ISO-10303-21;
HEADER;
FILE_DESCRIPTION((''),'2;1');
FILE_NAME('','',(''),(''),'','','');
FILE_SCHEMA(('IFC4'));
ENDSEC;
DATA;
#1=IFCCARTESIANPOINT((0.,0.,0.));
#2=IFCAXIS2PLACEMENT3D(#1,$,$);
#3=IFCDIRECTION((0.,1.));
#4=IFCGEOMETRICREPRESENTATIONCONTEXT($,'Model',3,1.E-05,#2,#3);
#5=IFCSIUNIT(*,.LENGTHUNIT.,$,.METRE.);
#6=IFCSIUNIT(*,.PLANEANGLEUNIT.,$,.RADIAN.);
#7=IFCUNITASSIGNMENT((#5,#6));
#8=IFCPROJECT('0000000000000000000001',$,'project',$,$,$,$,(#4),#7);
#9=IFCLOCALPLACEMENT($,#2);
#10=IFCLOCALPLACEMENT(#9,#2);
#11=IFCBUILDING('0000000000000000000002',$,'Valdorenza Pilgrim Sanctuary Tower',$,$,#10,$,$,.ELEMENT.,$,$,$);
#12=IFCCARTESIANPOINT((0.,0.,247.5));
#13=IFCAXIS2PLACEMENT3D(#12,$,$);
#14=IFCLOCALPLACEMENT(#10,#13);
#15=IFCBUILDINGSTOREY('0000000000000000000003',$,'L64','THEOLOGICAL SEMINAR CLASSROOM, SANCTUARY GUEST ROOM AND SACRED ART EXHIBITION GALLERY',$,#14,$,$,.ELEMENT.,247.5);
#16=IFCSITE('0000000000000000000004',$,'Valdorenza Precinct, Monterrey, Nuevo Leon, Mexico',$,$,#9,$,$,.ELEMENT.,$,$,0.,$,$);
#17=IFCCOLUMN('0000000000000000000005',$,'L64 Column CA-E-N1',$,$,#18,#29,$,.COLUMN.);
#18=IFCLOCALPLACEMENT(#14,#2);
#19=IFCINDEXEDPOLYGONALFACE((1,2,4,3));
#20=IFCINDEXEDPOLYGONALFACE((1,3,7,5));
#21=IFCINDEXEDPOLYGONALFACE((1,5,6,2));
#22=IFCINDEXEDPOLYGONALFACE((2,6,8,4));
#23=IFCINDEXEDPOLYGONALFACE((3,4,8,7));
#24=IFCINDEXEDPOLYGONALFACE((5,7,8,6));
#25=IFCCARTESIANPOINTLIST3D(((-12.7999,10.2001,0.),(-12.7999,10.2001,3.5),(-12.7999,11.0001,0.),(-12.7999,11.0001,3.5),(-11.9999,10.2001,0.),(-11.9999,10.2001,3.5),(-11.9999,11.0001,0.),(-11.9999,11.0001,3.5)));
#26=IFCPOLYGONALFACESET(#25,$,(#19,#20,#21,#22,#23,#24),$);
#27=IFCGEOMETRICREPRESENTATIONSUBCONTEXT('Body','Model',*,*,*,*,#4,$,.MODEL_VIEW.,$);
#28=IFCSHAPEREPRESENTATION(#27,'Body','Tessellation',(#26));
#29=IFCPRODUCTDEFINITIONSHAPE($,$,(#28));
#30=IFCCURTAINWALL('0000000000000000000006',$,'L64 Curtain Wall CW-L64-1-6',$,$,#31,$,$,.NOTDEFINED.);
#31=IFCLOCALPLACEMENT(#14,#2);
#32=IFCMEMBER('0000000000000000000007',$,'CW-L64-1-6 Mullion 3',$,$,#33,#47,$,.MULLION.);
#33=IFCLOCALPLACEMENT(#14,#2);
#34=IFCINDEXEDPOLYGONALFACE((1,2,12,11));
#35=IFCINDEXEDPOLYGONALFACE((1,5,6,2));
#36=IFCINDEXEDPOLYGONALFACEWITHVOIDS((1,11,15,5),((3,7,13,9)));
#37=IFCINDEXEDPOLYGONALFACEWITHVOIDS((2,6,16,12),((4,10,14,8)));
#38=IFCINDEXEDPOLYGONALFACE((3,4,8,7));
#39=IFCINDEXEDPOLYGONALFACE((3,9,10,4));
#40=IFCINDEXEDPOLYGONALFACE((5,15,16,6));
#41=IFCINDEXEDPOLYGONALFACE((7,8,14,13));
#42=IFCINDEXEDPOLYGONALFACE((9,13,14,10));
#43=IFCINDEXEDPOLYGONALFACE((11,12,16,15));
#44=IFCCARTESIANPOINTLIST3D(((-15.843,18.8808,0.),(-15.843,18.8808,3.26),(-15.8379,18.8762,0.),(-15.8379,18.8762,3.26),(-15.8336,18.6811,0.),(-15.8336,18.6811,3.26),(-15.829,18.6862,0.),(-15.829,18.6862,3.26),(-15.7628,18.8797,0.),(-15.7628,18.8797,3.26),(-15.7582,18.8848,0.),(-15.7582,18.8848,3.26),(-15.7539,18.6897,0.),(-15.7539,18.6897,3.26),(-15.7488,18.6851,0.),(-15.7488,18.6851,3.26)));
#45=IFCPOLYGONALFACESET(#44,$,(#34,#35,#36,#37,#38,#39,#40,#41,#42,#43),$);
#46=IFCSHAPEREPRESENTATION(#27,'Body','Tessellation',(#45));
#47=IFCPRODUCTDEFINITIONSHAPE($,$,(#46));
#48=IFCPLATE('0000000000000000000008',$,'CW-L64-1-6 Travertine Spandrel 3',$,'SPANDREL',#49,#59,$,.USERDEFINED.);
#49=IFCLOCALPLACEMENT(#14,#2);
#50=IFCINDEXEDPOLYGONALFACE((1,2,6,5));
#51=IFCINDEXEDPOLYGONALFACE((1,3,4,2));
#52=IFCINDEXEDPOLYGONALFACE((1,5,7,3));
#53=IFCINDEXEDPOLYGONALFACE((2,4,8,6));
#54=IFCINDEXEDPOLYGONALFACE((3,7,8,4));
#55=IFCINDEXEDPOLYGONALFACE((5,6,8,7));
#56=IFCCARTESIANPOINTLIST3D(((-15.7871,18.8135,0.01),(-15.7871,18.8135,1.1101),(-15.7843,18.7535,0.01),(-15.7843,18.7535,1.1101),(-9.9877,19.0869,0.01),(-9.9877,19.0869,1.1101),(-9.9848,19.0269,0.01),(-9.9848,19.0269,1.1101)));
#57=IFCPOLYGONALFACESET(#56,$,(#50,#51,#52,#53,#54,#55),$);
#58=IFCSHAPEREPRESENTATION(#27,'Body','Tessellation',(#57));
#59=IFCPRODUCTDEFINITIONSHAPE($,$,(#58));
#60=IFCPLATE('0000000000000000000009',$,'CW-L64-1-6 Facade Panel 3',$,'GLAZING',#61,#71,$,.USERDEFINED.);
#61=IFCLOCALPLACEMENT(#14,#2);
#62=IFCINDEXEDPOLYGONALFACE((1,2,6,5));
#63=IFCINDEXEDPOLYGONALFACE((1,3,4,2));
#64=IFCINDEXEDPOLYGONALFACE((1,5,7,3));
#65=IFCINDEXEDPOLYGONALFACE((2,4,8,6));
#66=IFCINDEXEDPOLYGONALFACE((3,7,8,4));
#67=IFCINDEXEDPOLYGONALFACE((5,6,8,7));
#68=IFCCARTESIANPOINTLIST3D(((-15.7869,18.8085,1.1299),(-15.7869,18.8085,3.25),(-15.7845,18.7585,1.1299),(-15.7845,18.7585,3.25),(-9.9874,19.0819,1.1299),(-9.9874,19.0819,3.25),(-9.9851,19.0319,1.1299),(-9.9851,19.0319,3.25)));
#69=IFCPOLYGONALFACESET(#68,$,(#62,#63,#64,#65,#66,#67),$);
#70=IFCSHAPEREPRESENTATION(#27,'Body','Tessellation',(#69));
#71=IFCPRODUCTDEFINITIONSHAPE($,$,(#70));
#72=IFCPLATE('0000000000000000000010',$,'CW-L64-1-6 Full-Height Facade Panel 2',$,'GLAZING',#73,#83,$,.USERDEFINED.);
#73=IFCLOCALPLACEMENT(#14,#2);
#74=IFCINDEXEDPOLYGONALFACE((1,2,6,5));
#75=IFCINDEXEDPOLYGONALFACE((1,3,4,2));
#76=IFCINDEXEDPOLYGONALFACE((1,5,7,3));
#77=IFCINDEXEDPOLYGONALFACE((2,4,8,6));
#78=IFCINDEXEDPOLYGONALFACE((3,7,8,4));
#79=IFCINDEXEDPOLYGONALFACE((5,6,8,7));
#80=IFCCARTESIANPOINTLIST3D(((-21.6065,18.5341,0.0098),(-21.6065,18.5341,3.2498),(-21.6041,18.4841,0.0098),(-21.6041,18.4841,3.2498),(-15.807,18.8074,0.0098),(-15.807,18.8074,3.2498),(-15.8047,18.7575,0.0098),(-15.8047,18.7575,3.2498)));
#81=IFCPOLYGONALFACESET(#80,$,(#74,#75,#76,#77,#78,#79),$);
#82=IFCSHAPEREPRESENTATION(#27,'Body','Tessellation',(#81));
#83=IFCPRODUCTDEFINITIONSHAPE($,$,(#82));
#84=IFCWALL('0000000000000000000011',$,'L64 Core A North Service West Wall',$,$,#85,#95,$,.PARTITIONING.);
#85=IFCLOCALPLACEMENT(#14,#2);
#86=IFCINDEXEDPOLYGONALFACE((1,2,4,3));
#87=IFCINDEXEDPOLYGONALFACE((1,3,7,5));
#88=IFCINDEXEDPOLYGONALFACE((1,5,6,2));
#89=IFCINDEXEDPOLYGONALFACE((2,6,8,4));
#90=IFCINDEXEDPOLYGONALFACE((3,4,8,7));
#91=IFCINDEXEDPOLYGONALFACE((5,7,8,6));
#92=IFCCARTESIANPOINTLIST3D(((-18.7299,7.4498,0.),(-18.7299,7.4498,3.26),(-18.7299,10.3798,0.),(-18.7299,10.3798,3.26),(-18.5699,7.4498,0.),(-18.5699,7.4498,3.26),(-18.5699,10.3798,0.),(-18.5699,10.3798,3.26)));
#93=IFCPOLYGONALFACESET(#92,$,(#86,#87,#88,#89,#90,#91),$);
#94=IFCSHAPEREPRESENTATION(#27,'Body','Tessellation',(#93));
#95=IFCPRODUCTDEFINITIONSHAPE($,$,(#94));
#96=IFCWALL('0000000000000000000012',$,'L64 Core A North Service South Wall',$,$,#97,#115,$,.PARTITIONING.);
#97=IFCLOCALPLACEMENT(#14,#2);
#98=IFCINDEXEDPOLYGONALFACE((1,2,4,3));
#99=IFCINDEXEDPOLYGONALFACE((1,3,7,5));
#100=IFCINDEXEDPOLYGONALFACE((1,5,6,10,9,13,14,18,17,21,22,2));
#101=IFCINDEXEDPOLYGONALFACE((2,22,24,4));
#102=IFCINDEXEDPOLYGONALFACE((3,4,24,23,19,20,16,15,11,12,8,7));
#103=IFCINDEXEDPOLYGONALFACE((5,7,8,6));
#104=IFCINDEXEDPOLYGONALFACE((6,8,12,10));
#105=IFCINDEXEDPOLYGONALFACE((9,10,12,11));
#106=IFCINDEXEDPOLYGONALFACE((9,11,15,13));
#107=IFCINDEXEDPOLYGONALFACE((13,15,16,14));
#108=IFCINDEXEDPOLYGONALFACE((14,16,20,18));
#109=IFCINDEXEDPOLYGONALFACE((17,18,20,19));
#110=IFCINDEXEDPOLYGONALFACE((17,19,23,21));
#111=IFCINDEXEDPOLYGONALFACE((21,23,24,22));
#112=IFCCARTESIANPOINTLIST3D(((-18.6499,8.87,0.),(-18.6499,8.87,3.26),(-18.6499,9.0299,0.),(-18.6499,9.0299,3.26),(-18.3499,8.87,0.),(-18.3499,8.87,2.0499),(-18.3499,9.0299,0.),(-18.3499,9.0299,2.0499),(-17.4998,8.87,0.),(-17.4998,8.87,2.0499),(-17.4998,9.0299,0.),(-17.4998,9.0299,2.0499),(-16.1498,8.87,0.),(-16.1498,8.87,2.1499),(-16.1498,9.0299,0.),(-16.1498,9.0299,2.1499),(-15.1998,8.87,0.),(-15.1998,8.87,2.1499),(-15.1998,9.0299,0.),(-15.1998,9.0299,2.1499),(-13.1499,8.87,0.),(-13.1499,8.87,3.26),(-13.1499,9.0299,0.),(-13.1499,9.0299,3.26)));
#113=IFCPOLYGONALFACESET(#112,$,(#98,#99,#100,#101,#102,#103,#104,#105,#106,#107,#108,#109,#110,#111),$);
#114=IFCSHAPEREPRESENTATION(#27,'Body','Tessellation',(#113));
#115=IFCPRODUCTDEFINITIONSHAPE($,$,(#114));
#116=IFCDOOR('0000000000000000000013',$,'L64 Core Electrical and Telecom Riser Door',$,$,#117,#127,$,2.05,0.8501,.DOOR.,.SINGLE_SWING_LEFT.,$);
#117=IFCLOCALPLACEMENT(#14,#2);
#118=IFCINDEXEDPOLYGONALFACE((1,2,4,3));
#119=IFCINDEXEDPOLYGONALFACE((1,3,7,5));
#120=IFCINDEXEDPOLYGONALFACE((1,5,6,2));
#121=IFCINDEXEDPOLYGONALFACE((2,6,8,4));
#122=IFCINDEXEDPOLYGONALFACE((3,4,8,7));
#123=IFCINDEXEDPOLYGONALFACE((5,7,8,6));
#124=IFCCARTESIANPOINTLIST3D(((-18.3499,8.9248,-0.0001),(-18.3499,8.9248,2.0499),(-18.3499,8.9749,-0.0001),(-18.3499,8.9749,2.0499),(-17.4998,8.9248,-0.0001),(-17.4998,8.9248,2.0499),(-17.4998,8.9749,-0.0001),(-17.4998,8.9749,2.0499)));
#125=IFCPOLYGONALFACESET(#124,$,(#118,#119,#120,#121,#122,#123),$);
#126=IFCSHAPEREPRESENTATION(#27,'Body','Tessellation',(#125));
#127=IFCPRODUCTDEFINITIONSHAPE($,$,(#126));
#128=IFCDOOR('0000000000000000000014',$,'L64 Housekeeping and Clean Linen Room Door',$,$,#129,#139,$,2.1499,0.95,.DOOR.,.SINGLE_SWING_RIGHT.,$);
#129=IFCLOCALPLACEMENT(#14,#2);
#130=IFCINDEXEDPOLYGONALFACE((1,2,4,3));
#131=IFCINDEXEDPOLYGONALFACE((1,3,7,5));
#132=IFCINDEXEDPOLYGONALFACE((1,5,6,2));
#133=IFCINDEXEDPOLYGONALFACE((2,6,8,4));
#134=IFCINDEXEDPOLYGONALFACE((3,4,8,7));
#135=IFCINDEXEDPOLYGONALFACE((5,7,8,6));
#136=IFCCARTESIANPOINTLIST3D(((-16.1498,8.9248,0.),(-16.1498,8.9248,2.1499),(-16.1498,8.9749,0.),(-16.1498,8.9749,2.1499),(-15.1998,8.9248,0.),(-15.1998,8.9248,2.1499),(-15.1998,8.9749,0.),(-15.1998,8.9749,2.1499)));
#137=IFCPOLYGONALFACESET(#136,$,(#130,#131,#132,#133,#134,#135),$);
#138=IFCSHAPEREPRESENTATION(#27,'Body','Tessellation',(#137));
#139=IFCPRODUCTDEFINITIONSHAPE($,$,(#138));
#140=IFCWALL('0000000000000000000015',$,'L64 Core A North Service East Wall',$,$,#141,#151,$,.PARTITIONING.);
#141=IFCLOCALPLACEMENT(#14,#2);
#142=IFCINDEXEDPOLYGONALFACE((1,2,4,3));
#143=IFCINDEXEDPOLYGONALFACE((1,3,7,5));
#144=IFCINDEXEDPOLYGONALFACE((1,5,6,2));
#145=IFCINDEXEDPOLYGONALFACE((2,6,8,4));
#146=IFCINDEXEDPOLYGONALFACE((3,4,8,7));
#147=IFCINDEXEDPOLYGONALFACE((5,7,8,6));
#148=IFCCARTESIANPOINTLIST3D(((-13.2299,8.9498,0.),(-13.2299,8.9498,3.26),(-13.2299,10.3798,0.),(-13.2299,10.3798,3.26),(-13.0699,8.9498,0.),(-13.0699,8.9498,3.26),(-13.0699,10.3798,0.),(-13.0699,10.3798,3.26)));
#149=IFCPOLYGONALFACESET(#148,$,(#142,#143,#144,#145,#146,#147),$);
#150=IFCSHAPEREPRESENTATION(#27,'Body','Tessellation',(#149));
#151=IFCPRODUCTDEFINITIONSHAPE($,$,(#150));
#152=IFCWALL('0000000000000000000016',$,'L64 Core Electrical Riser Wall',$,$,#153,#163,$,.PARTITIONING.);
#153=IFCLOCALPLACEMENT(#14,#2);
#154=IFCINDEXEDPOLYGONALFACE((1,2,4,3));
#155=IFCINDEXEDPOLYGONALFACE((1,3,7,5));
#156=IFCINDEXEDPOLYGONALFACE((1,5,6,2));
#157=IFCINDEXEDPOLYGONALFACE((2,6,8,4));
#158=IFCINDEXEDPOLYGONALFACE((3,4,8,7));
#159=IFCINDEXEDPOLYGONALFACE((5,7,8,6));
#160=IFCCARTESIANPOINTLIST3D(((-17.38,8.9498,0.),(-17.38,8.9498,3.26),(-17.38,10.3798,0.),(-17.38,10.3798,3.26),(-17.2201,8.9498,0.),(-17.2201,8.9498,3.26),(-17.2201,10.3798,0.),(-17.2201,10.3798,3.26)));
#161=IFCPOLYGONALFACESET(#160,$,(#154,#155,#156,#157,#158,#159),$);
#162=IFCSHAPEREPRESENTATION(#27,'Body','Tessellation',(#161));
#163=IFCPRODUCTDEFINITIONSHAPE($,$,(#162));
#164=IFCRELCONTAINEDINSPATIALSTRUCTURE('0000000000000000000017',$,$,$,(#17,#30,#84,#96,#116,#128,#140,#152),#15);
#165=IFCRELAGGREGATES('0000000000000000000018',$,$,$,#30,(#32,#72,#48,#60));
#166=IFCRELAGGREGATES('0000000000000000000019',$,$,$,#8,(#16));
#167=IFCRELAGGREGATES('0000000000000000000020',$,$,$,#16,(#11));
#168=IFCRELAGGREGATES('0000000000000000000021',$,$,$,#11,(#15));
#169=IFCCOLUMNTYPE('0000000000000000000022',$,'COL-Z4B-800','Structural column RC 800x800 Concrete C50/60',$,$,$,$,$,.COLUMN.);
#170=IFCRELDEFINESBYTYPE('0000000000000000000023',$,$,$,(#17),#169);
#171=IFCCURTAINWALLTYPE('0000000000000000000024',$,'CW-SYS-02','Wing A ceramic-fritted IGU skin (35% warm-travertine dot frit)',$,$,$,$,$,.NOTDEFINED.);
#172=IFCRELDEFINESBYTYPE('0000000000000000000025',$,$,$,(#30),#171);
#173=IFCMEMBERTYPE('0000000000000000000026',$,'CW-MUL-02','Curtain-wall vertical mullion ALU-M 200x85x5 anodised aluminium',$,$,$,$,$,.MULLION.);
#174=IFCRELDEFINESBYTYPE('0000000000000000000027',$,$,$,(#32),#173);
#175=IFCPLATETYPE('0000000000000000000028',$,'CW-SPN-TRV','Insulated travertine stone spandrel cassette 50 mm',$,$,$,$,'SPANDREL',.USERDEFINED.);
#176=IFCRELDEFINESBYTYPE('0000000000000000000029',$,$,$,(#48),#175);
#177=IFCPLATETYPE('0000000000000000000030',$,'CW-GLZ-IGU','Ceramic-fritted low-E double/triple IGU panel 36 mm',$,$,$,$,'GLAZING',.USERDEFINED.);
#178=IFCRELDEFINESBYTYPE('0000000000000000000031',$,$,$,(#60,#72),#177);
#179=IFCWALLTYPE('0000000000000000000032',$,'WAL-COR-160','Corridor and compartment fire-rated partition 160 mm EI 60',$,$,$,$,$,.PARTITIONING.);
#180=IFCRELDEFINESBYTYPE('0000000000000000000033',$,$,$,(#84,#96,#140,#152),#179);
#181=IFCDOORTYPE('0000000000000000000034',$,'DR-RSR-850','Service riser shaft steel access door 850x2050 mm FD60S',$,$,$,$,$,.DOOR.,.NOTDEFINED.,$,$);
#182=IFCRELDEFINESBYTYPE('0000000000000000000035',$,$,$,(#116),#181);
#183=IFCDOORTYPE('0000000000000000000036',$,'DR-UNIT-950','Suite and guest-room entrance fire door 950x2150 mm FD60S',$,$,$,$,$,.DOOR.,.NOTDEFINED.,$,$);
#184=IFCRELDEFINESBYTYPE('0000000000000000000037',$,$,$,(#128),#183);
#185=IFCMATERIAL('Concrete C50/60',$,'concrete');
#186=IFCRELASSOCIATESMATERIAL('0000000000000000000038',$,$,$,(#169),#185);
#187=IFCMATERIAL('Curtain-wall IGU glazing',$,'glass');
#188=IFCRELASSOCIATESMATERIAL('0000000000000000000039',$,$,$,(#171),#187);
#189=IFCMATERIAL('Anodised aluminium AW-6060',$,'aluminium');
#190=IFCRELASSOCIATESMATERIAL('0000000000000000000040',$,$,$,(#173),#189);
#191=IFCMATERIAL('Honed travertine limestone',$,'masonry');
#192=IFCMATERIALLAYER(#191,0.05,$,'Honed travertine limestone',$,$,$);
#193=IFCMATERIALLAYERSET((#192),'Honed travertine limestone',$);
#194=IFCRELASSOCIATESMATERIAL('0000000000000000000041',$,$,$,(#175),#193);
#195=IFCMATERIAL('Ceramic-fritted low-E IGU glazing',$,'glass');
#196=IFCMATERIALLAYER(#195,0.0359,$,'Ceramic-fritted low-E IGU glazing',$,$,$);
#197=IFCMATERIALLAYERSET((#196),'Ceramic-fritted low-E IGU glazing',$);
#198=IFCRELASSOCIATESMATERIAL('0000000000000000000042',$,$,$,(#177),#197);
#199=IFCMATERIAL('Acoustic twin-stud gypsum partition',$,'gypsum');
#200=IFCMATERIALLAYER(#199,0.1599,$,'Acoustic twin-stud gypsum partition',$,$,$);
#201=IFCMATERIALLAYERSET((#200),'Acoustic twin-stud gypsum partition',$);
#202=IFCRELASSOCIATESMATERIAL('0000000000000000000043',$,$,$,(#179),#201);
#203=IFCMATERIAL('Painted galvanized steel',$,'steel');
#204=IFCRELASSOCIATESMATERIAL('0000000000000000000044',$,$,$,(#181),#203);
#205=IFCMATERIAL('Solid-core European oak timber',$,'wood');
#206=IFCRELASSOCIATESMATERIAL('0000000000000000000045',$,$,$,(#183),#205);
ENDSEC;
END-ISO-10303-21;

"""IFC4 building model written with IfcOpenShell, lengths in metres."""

from ifc_helpers import new_model, si_unit, direction, frame, frame_2d, origin, origin_2d, place, context, subcontext, project, spatial, rectangle, hollow_rectangle, extrude, source, transform, mapped, material, layer, layer_set, material_profile, profile_set, type_object, element, fill, aggregate, save


model = new_model("IFC4")

# Units and contexts
model_context = context("Model", 3, precision=1e-05, world=origin(), true_north=direction((0.0, 1.0)))
body_context = subcontext(model_context, "Body", "Model", "MODEL_VIEW")
ifc_project = project(units=[si_unit("LENGTHUNIT", "METRE"), si_unit("PLANEANGLEUNIT", "RADIAN")], contexts=[model_context])

# Site, building, storey
site_placement = place(None, origin())
site = spatial("IfcSite", under=ifc_project, at=site_placement, Name="Valdorenza Precinct, Monterrey, Nuevo Leon, Mexico", CompositionType="ELEMENT", RefElevation=0.0)
building_placement = place(site_placement, origin())
building = spatial("IfcBuilding", under=site, at=building_placement, Name="Valdorenza Pilgrim Sanctuary Tower", CompositionType="ELEMENT")
storey_placement = place(building_placement, frame((0.0, 0.0, 247.5)))
storey = spatial("IfcBuildingStorey", under=building, at=storey_placement, Name="L64", Description="THEOLOGICAL SEMINAR CLASSROOM, SANCTUARY GUEST ROOM AND SACRED ART EXHIBITION GALLERY", CompositionType="ELEMENT", Elevation=247.5)

# Column
ifc_material_1 = material(Name="Concrete C50/60", Category="concrete")
ifc_material_profile_1 = material_profile(ifc_material_1, rectangle(XDim=0.8, YDim=0.8, at=origin_2d()), Name="RC 800x800")
ifc_profile_set_1 = profile_set([ifc_material_profile_1], Name="Concrete C50/60")
column_type = type_object("IfcColumnType", Name="COL-Z4B-800", Description="Structural column RC 800x800 Concrete C50/60", PredefinedType="COLUMN", material=ifc_profile_set_1)
shared_shape_1 = source(origin(), body_context, "Body", "SweptSolid", [
    extrude(rectangle(XDim=0.8, YDim=0.8, at=origin_2d()), origin(), (0.0, 0.0, 1.0), 3.5),
])
column_placement = place(storey_placement, frame((-12.3999, 10.6001, 0.0), z_axis=(0.0, 0.0, 1.0), x_axis=(1.0, 0.0, 0.0)))
element("IfcColumn", 1, at=column_placement, inside=storey, type_object=column_type, Name="L64 Column CA-E-N1", PredefinedType="COLUMN", context=body_context, shape_type="MappedRepresentation", body=[
    mapped(shared_shape_1, transform((0.0, 0.0, 0.0), x_axis=(1.0, 0.0, 0.0), y_axis=(0.0, 1.0, 0.0), z_axis=(0.0, 0.0, 1.0), scale=1.0)),
])

# Curtain wall, member, plates
ifc_material_2 = material(Name="Curtain-wall IGU glazing", Category="glass")
curtain_wall_type = type_object("IfcCurtainWallType", Name="CW-SYS-02", Description="Wing A ceramic-fritted IGU skin (35% warm-travertine dot frit)", PredefinedType="NOTDEFINED", material=ifc_material_2)
curtain_wall_placement = place(storey_placement, origin())
curtain_wall = element("IfcCurtainWall", 2, at=curtain_wall_placement, inside=storey, type_object=curtain_wall_type, Name="L64 Curtain Wall CW-L64-1-6", PredefinedType="NOTDEFINED")
ifc_material_3 = material(Name="Anodised aluminium AW-6060", Category="aluminium")
ifc_material_profile_2 = material_profile(ifc_material_3, hollow_rectangle(XDim=0.085, YDim=0.2, WallThickness=0.0049, at=origin_2d()), Name="ALU-M 200x85x5")
ifc_profile_set_2 = profile_set([ifc_material_profile_2], Name="Anodised aluminium AW-6060")
member_type = type_object("IfcMemberType", Name="CW-MUL-02", Description="Curtain-wall vertical mullion ALU-M 200x85x5 anodised aluminium", PredefinedType="MULLION", material=ifc_profile_set_2)
shared_shape_2 = source(origin(), body_context, "Body", "SweptSolid", [
    extrude(hollow_rectangle(XDim=0.085, YDim=0.2, WallThickness=0.0049, at=origin_2d()), origin(), (0.0, 0.0, 1.0), 3.26),
])
member_placement = place(storey_placement, frame((-15.7959, 18.783, 0.0), z_axis=(0.0, 0.0, 1.0), x_axis=(0.998891, 0.047089, 0.0)))
member = element("IfcMember", 3, at=member_placement, type_object=member_type, Name="CW-L64-1-6 Mullion 3", PredefinedType="MULLION", context=body_context, shape_type="MappedRepresentation", body=[
    mapped(shared_shape_2, transform((0.0, 0.0, 0.0), x_axis=(1.0, 0.0, 0.0), y_axis=(0.0, 1.0, 0.0), z_axis=(0.0, 0.0, 1.0), scale=1.0)),
])
ifc_material_4 = material(Name="Honed travertine limestone", Category="masonry")
ifc_layer_1 = layer(ifc_material_4, 0.05, Name="Honed travertine limestone")
ifc_layer_set_1 = layer_set([ifc_layer_1], Name="Honed travertine limestone")
plate_type_1 = type_object("IfcPlateType", Name="CW-SPN-TRV", Description="Insulated travertine stone spandrel cassette 50 mm", ElementType="SPANDREL", PredefinedType="USERDEFINED", material=ifc_layer_set_1)
shared_shape_3 = source(origin(), body_context, "Body", "SweptSolid", [
    extrude(rectangle(XDim=5.8059, YDim=0.0601, at=origin_2d()), origin(), (0.0, 0.0, 1.0), 1.1001),
])
plate_1_placement = place(storey_placement, frame((-12.886, 18.9202, 0.01), z_axis=(0.0, 0.0, 1.0), x_axis=(0.998891, 0.047089, 0.0)))
plate_1 = element("IfcPlate", 4, at=plate_1_placement, type_object=plate_type_1, Name="CW-L64-1-6 Travertine Spandrel 3", ObjectType="SPANDREL", PredefinedType="USERDEFINED", context=body_context, shape_type="MappedRepresentation", body=[
    mapped(shared_shape_3, transform((0.0, 0.0, 0.0), x_axis=(1.0, 0.0, 0.0), y_axis=(0.0, 1.0, 0.0), z_axis=(0.0, 0.0, 1.0), scale=1.0)),
])
ifc_material_5 = material(Name="Ceramic-fritted low-E IGU glazing", Category="glass")
ifc_layer_2 = layer(ifc_material_5, 0.0359, Name="Ceramic-fritted low-E IGU glazing")
ifc_layer_set_2 = layer_set([ifc_layer_2], Name="Ceramic-fritted low-E IGU glazing")
plate_type_2 = type_object("IfcPlateType", Name="CW-GLZ-IGU", Description="Ceramic-fritted low-E double/triple IGU panel 36 mm", ElementType="GLAZING", PredefinedType="USERDEFINED", material=ifc_layer_set_2)
shared_shape_4 = source(origin(), body_context, "Body", "SweptSolid", [
    extrude(rectangle(XDim=5.8059, YDim=0.05, at=origin_2d()), origin(), (0.0, 0.0, 1.0), 2.1201),
])
plate_2_placement = place(storey_placement, frame((-12.886, 18.9202, 1.1299), z_axis=(0.0, 0.0, 1.0), x_axis=(0.998891, 0.047089, 0.0)))
plate_2 = element("IfcPlate", 5, at=plate_2_placement, type_object=plate_type_2, Name="CW-L64-1-6 Facade Panel 3", ObjectType="GLAZING", PredefinedType="USERDEFINED", context=body_context, shape_type="MappedRepresentation", body=[
    mapped(shared_shape_4, transform((0.0, 0.0, 0.0), x_axis=(1.0, 0.0, 0.0), y_axis=(0.0, 1.0, 0.0), z_axis=(0.0, 0.0, 1.0), scale=1.0)),
])
shared_shape_5 = source(origin(), body_context, "Body", "SweptSolid", [
    extrude(rectangle(XDim=5.8059, YDim=0.05, at=origin_2d()), origin(), (0.0, 0.0, 1.0), 3.24),
])
plate_3_placement = place(storey_placement, frame((-18.7056, 18.6458, 0.0098), z_axis=(0.0, 0.0, 1.0), x_axis=(0.998891, 0.047089, 0.0)))
plate_3 = element("IfcPlate", 6, at=plate_3_placement, type_object=plate_type_2, Name="CW-L64-1-6 Full-Height Facade Panel 2", ObjectType="GLAZING", PredefinedType="USERDEFINED", context=body_context, shape_type="MappedRepresentation", body=[
    mapped(shared_shape_5, transform((0.0, 0.0, 0.0), x_axis=(1.0, 0.0, 0.0), y_axis=(0.0, 1.0, 0.0), z_axis=(0.0, 0.0, 1.0), scale=1.0)),
])
aggregate(curtain_wall, [member, plate_3, plate_1, plate_2])

# Wall
ifc_material_6 = material(Name="Acoustic twin-stud gypsum partition", Category="gypsum")
ifc_layer_3 = layer(ifc_material_6, 0.1599, Name="Acoustic twin-stud gypsum partition")
ifc_layer_set_3 = layer_set([ifc_layer_3], Name="Acoustic twin-stud gypsum partition")
wall_type_1 = type_object("IfcWallType", Name="WAL-COR-160", Description="Corridor and compartment fire-rated partition 160 mm EI 60", PredefinedType="PARTITIONING", material=ifc_layer_set_3)
wall_1_placement = place(storey_placement, frame((-18.6499, 7.45, 0.0), z_axis=(0.0, 0.0, 1.0), x_axis=(0.0, 1.0, 0.0)))
element("IfcWall", 7, at=wall_1_placement, inside=storey, type_object=wall_type_1, Name="L64 Core A North Service West Wall", PredefinedType="PARTITIONING", context=body_context, shape_type="SweptSolid", body=[
    extrude(rectangle(XDim=2.9299, YDim=0.1599, at=frame_2d((1.4648, 0.0))), origin(), (0.0, 0.0, 1.0), 3.26),
])

# Wall, openings, doors
wall_2_placement = place(storey_placement, frame((-18.6499, 8.95, 0.0), z_axis=(0.0, 0.0, 1.0), x_axis=(1.0, 0.0, 0.0)))
wall_2 = element("IfcWall", 8, at=wall_2_placement, inside=storey, type_object=wall_type_1, Name="L64 Core A North Service South Wall", PredefinedType="PARTITIONING", context=body_context, shape_type="SweptSolid", body=[
    extrude(rectangle(XDim=5.5, YDim=0.1599, at=frame_2d((2.75, 0.0))), origin(), (0.0, 0.0, 1.0), 3.26),
])
opening_1_placement = place(wall_2_placement, frame((0.3, 0.0, 0.0)))
opening_1 = element("IfcOpeningElement", 9, at=opening_1_placement, cuts=wall_2, PredefinedType="OPENING", context=body_context, shape_type="SweptSolid", body=[
    extrude(rectangle(XDim=0.8501, YDim=2.05, at=frame_2d((0.425, 1.0249))), frame((0.0, 0.0947, 0.0), z_axis=(0.0, -1.0, 0.0), x_axis=(1.0, 0.0, 0.0)), (0.0, 0.0, 1.0), 0.1897),
])
opening_2_placement = place(wall_2_placement, frame((2.5, 0.0, 0.0)))
opening_2 = element("IfcOpeningElement", 10, at=opening_2_placement, cuts=wall_2, PredefinedType="OPENING", context=body_context, shape_type="SweptSolid", body=[
    extrude(rectangle(XDim=0.95, YDim=2.1499, at=frame_2d((0.4751, 1.075))), frame((0.0, 0.0947, 0.0), z_axis=(0.0, -1.0, 0.0), x_axis=(1.0, 0.0, 0.0)), (0.0, 0.0, 1.0), 0.1897),
])
ifc_material_7 = material(Name="Painted galvanized steel", Category="steel")
door_type_1 = type_object("IfcDoorType", Name="DR-RSR-850", Description="Service riser shaft steel access door 850x2050 mm FD60S", OperationType="NOTDEFINED", PredefinedType="DOOR", material=ifc_material_7)
door_1_placement = place(opening_1_placement, origin())
door_1 = element("IfcDoor", 11, at=door_1_placement, inside=storey, type_object=door_type_1, Name="L64 Core Electrical and Telecom Riser Door", OperationType="SINGLE_SWING_LEFT", OverallHeight=2.05, OverallWidth=0.8501, PredefinedType="DOOR", context=body_context, shape_type="SweptSolid", body=[
    extrude(rectangle(XDim=0.8501, YDim=2.05, at=frame_2d((0.425, 1.0249))), frame((0.0, 0.0249, 0.0), z_axis=(0.0, -1.0, 0.0), x_axis=(1.0, 0.0, 0.0)), (0.0, 0.0, 1.0), 0.05),
])
fill(opening_1, door_1)
ifc_material_8 = material(Name="Solid-core European oak timber", Category="wood")
door_type_2 = type_object("IfcDoorType", Name="DR-UNIT-950", Description="Suite and guest-room entrance fire door 950x2150 mm FD60S", OperationType="NOTDEFINED", PredefinedType="DOOR", material=ifc_material_8)
door_2_placement = place(opening_2_placement, origin())
door_2 = element("IfcDoor", 12, at=door_2_placement, inside=storey, type_object=door_type_2, Name="L64 Housekeeping and Clean Linen Room Door", OperationType="SINGLE_SWING_RIGHT", OverallHeight=2.1499, OverallWidth=0.95, PredefinedType="DOOR", context=body_context, shape_type="SweptSolid", body=[
    extrude(rectangle(XDim=0.95, YDim=2.1499, at=frame_2d((0.4751, 1.075))), frame((0.0, 0.0249, 0.0), z_axis=(0.0, -1.0, 0.0), x_axis=(1.0, 0.0, 0.0)), (0.0, 0.0, 1.0), 0.05),
])
fill(opening_2, door_2)

# Walls
for number, where, z_axis, x_axis, name in (
    (13, (-13.1499, 8.95, 0.0), (0.0, 0.0, 1.0), (0.0, 1.0, 0.0), "L64 Core A North Service East Wall"),
    (14, (-17.3, 8.95, 0.0), (0.0, 0.0, 1.0), (0.0, 1.0, 0.0), "L64 Core Electrical Riser Wall"),
):
    element("IfcWall", number, at=place(storey_placement, frame(where, z_axis=z_axis, x_axis=x_axis)), inside=storey, type_object=wall_type_1, Name=name, PredefinedType="PARTITIONING", context=body_context, shape_type="SweptSolid", body=[
        extrude(rectangle(XDim=1.4299, YDim=0.1599, at=frame_2d((0.7148, 0.0))), origin(), (0.0, 0.0, 1.0), 3.26),
    ])

save(model, "model.ifc")
